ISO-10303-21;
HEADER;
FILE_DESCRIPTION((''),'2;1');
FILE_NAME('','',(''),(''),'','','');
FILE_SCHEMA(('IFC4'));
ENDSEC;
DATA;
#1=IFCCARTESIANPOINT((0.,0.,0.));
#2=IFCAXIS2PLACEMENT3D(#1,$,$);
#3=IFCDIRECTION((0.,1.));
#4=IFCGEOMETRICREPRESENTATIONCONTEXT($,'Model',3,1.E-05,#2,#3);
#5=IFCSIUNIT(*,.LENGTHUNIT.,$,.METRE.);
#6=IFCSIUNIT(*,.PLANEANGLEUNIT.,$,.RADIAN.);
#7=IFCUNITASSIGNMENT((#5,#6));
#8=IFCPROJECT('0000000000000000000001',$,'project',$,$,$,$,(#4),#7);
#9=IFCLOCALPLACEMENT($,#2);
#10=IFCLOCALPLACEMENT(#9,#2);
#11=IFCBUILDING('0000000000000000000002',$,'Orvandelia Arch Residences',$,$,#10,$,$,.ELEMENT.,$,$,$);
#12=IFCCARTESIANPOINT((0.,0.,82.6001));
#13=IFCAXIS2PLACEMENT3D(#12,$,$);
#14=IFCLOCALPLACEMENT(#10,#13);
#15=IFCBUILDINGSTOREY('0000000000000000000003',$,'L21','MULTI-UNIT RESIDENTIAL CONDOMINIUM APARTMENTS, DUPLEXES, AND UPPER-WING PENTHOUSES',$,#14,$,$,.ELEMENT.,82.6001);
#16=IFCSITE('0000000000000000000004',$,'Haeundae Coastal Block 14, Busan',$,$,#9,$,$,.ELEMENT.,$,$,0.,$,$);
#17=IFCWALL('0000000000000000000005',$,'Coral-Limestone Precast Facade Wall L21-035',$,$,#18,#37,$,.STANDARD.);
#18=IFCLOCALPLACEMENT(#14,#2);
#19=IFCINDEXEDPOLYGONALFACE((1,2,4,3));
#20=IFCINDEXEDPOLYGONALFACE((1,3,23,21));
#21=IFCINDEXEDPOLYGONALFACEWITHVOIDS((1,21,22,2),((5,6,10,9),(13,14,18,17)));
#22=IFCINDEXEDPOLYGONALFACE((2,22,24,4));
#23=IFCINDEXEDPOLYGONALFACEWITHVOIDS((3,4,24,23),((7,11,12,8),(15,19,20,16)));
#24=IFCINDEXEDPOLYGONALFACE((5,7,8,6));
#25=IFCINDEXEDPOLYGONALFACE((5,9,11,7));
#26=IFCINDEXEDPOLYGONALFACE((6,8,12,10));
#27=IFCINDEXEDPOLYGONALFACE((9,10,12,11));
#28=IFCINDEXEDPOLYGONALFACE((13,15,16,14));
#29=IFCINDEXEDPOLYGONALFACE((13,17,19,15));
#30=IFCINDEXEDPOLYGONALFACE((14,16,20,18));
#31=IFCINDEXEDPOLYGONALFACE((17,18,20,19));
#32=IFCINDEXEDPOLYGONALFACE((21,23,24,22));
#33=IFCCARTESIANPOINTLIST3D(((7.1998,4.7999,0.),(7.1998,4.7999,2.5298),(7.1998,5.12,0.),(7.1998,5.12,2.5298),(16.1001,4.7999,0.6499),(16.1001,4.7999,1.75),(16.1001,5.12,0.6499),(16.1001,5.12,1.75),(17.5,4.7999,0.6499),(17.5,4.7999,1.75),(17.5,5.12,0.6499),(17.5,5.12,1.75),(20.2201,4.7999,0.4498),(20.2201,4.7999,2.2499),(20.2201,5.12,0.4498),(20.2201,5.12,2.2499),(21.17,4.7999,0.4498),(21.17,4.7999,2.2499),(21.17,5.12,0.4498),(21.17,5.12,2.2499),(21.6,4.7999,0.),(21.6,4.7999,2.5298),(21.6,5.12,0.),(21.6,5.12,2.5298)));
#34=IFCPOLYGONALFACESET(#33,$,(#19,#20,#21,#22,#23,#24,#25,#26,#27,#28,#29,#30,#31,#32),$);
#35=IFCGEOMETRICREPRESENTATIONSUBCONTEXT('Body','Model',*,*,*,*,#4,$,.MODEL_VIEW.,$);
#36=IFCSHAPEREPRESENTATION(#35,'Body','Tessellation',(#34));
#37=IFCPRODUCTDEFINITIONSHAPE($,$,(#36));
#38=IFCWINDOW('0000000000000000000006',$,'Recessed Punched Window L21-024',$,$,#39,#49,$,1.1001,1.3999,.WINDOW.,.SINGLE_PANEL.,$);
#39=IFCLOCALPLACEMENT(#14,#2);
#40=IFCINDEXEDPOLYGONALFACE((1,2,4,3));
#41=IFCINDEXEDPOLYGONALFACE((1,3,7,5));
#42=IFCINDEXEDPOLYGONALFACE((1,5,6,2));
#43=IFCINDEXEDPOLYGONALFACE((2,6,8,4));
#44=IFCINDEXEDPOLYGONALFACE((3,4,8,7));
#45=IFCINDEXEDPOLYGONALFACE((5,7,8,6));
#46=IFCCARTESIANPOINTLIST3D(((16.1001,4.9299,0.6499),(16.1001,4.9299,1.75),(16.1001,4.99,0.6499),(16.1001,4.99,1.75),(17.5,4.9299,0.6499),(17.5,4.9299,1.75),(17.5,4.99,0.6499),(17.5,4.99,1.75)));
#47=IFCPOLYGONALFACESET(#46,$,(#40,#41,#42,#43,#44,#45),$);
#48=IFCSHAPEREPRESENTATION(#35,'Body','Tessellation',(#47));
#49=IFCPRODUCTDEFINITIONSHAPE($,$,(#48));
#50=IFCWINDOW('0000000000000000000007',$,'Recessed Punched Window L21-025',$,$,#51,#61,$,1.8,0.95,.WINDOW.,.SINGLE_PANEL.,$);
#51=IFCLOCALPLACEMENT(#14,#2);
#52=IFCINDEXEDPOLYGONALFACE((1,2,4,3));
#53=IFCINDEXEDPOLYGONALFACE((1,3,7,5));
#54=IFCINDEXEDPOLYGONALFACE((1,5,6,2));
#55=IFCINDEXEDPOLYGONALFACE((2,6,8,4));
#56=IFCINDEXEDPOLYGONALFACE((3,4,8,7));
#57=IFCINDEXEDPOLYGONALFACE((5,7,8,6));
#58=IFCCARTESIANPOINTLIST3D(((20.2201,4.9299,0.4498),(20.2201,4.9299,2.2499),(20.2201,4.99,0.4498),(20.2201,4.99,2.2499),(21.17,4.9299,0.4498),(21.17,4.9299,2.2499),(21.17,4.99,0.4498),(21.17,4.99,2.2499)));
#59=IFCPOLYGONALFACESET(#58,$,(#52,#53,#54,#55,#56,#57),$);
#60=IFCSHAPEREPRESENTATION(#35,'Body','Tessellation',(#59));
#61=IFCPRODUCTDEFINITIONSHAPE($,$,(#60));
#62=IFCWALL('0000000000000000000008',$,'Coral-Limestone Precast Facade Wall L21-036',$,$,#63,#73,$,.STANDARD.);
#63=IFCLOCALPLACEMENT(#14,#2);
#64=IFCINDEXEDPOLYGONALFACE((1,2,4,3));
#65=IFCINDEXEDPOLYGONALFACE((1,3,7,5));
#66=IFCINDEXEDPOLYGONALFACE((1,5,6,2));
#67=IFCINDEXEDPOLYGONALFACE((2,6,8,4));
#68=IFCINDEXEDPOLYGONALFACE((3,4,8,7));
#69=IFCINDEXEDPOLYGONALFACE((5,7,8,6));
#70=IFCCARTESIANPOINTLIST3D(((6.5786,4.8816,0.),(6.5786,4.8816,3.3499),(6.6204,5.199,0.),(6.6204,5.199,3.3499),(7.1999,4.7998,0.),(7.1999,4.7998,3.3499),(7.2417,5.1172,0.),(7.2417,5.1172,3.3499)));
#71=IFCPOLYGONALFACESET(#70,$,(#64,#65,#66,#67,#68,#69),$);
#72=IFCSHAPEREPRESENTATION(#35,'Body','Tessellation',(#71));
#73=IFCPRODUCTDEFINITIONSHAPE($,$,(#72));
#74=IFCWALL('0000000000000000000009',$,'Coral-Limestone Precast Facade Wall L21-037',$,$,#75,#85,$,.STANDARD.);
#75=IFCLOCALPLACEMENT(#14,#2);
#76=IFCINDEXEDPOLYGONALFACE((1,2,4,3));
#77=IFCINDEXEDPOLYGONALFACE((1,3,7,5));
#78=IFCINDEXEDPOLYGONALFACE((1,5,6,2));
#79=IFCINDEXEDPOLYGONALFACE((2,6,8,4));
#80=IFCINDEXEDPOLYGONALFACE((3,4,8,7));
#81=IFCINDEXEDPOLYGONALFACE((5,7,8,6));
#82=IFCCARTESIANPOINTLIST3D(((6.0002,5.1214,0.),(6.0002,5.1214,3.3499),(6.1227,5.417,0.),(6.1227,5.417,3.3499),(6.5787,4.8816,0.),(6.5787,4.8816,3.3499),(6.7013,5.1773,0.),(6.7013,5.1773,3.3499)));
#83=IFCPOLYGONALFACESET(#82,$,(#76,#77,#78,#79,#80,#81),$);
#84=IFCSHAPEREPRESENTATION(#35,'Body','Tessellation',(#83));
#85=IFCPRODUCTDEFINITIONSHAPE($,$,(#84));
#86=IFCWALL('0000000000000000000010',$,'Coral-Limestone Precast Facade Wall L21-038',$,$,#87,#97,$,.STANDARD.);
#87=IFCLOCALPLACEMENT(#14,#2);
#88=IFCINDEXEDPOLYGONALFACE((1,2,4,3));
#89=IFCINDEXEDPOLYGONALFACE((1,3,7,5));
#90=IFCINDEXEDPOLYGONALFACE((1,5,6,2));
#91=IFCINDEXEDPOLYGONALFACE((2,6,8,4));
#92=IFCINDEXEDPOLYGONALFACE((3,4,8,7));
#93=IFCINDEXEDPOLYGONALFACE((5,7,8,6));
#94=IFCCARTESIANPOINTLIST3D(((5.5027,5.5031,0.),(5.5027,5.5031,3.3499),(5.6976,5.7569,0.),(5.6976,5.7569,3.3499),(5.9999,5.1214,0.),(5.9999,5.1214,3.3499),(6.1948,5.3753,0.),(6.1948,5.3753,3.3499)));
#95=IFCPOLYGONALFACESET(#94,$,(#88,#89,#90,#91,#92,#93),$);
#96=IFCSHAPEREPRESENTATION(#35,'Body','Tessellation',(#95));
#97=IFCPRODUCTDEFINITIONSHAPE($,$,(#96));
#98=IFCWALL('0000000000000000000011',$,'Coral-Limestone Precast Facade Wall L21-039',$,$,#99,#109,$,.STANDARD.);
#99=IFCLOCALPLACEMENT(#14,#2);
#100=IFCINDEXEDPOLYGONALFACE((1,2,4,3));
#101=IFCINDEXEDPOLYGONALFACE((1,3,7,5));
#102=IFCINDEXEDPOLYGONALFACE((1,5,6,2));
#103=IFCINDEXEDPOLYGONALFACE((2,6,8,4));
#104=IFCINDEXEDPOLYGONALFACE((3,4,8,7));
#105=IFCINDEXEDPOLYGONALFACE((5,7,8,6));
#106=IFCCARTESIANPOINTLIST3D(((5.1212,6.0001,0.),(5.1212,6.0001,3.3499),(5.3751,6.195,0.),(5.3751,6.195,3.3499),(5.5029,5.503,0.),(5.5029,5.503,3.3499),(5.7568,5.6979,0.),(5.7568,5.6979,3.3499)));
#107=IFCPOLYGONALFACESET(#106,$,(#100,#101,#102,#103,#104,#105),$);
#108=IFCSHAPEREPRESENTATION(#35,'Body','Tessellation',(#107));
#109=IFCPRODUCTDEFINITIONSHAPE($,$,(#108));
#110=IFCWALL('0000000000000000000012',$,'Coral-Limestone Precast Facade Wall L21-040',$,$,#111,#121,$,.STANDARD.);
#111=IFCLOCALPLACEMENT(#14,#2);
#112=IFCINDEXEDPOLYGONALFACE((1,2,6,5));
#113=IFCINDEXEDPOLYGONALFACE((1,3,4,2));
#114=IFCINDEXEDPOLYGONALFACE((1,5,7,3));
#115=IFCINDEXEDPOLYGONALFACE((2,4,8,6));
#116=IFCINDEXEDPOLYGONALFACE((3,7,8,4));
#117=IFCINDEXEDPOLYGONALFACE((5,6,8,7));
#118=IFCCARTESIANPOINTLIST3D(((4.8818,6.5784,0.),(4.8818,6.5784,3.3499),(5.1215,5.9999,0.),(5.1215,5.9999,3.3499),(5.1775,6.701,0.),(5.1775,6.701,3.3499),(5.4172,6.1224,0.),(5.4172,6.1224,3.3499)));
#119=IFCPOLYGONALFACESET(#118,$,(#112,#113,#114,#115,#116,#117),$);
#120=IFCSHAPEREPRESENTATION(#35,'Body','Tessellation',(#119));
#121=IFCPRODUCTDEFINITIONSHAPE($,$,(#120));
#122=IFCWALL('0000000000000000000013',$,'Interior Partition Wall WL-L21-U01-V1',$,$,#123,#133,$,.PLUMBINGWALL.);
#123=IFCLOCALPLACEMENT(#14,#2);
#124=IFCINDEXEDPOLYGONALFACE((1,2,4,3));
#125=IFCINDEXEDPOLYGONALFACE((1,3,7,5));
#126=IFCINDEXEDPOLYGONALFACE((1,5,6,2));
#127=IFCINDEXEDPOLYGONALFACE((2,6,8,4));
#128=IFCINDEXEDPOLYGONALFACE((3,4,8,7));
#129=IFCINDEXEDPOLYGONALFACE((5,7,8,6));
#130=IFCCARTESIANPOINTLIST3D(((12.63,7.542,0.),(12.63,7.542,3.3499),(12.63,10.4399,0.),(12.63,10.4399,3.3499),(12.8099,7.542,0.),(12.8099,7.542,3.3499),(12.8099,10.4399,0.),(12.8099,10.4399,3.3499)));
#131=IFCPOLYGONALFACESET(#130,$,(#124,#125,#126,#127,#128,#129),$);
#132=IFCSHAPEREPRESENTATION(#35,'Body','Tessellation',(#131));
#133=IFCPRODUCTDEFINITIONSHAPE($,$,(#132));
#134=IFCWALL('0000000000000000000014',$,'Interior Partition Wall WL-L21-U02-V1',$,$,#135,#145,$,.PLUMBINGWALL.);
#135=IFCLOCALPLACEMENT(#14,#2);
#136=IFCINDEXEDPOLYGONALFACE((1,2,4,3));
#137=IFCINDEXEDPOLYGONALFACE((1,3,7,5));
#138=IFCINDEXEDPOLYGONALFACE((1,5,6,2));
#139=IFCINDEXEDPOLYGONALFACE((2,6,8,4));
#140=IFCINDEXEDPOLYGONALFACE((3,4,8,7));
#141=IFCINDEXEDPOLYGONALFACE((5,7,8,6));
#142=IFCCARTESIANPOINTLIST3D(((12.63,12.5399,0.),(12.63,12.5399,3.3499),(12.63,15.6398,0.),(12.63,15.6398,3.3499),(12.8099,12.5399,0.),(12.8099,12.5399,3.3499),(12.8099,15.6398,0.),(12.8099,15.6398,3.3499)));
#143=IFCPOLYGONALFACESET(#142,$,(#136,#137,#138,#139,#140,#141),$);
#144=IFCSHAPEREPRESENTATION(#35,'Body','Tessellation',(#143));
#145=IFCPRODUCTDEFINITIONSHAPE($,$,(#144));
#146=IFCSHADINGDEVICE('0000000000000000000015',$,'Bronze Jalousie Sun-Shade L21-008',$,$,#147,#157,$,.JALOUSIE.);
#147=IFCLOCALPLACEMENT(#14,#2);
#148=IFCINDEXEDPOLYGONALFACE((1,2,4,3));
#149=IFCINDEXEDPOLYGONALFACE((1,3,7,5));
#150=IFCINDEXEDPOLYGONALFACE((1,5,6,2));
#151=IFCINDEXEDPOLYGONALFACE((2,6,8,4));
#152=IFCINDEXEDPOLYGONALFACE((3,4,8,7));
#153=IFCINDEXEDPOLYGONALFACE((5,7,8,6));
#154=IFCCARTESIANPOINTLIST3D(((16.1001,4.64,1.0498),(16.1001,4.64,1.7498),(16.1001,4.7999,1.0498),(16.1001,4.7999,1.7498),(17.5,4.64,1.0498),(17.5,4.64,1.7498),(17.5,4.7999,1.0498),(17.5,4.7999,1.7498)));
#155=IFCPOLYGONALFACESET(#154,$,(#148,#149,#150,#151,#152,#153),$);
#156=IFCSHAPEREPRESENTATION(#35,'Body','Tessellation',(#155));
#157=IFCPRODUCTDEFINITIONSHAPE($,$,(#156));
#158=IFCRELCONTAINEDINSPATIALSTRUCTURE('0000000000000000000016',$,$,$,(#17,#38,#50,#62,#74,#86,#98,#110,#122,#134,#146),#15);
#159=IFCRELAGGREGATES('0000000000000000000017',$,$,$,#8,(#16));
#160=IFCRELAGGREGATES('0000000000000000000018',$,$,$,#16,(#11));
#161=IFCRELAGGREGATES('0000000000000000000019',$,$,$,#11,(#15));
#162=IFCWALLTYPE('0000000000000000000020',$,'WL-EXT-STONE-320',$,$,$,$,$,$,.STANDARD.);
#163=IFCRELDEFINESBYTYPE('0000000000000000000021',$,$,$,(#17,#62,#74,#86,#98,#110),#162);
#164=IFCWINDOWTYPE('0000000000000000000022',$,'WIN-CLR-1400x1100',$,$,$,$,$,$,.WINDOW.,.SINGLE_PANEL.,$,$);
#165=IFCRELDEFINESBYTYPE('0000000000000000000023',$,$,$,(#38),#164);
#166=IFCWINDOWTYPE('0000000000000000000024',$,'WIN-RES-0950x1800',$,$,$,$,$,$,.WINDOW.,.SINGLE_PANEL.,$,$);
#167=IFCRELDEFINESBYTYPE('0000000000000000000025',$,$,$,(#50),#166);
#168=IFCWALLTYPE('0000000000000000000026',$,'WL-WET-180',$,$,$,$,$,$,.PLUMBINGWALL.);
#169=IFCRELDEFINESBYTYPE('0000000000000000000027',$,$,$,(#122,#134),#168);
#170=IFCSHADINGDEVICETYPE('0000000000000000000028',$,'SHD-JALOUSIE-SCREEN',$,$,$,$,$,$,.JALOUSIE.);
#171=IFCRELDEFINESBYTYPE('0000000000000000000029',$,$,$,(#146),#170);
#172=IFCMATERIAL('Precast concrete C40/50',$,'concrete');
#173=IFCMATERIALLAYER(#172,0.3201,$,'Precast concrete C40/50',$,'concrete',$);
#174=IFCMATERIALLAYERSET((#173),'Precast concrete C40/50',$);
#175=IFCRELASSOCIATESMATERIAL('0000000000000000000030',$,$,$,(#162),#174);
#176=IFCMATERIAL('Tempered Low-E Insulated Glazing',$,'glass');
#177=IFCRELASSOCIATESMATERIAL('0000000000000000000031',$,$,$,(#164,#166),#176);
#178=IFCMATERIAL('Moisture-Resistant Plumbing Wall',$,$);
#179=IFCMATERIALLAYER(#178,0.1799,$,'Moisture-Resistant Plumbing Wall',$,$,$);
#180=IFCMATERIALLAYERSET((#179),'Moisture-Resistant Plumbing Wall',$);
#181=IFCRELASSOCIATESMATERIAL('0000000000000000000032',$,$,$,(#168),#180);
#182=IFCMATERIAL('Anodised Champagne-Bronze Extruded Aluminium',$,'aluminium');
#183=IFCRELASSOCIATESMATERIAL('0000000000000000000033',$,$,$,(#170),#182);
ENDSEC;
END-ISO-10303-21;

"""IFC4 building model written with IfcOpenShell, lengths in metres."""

from ifc_helpers import new_model, si_unit, direction, frame, frame_2d, origin, origin_2d, place, context, subcontext, project, spatial, rectangle, extrude, material, layer, layer_set, type_object, element, fill, save


model = new_model("IFC4")

# Units and contexts
model_context = context("Model", 3, precision=1e-05, world=origin(), true_north=direction((0.0, 1.0)))
body_context = subcontext(model_context, "Body", "Model", "MODEL_VIEW")
ifc_project = project(units=[si_unit("LENGTHUNIT", "METRE"), si_unit("PLANEANGLEUNIT", "RADIAN")], contexts=[model_context])

# Site, building, storey
site_placement = place(None, origin())
site = spatial("IfcSite", under=ifc_project, at=site_placement, Name="Haeundae Coastal Block 14, Busan", CompositionType="ELEMENT", RefElevation=0.0)
building_placement = place(site_placement, origin())
building = spatial("IfcBuilding", under=site, at=building_placement, Name="Orvandelia Arch Residences", CompositionType="ELEMENT")
storey_placement = place(building_placement, frame((0.0, 0.0, 82.6001)))
storey = spatial("IfcBuildingStorey", under=building, at=storey_placement, Name="L21", Description="MULTI-UNIT RESIDENTIAL CONDOMINIUM APARTMENTS, DUPLEXES, AND UPPER-WING PENTHOUSES", CompositionType="ELEMENT", Elevation=82.6001)

# Shared definitions
ifc_material_1 = material(Name="Precast concrete C40/50", Category="concrete")
ifc_layer_1 = layer(ifc_material_1, 0.3201, Name="Precast concrete C40/50", Category="concrete")
ifc_layer_set_1 = layer_set([ifc_layer_1], Name="Precast concrete C40/50")
wall_type_1 = type_object("IfcWallType", Name="WL-EXT-STONE-320", PredefinedType="STANDARD", material=ifc_layer_set_1)

# Wall, openings, windows
wall_1_placement = place(storey_placement, frame((21.6001, 4.96, 0.0), z_axis=(0.0, 0.0, 1.0), x_axis=(-1.0, 0.0, 0.0)))
wall_1 = element("IfcWall", 1, at=wall_1_placement, inside=storey, type_object=wall_type_1, Name="Coral-Limestone Precast Facade Wall L21-035", PredefinedType="STANDARD", context=body_context, shape_type="SweptSolid", body=[
    extrude(rectangle(XDim=14.4001, YDim=0.3201, at=frame_2d((7.2002, 0.0))), origin(), (0.0, 0.0, 1.0), 2.5298),
])
opening_1_placement = place(wall_1_placement, frame((4.1001, 0.0, 0.6499)))
opening_1 = element("IfcOpeningElement", 2, at=opening_1_placement, cuts=wall_1, PredefinedType="OPENING", context=body_context, shape_type="SweptSolid", body=[
    extrude(rectangle(XDim=1.3999, YDim=1.1001, at=frame_2d((0.7, 0.55))), frame((0.0, 0.1699, 0.0), z_axis=(0.0, -1.0, 0.0), x_axis=(1.0, 0.0, 0.0)), (0.0, 0.0, 1.0), 0.3401),
])
opening_2_placement = place(wall_1_placement, frame((0.4299, 0.0, 0.45)))
opening_2 = element("IfcOpeningElement", 3, at=opening_2_placement, cuts=wall_1, PredefinedType="OPENING", context=body_context, shape_type="SweptSolid", body=[
    extrude(rectangle(XDim=0.95, YDim=1.8, at=frame_2d((0.4751, 0.8999))), frame((0.0, 0.1699, 0.0), z_axis=(0.0, -1.0, 0.0), x_axis=(1.0, 0.0, 0.0)), (0.0, 0.0, 1.0), 0.3401),
])
ifc_material_2 = material(Name="Tempered Low-E Insulated Glazing", Category="glass")
window_type_1 = type_object("IfcWindowType", Name="WIN-CLR-1400x1100", PartitioningType="SINGLE_PANEL", PredefinedType="WINDOW", material=ifc_material_2)
window_1_placement = place(opening_1_placement, origin())
window_1 = element("IfcWindow", 4, at=window_1_placement, inside=storey, type_object=window_type_1, Name="Recessed Punched Window L21-024", OverallHeight=1.1001, OverallWidth=1.3999, PartitioningType="SINGLE_PANEL", PredefinedType="WINDOW", context=body_context, shape_type="SweptSolid", body=[
    extrude(rectangle(XDim=1.3999, YDim=1.1001, at=frame_2d((0.7, 0.55))), frame((0.0, 0.03, 0.0), z_axis=(0.0, -1.0, 0.0), x_axis=(1.0, 0.0, 0.0)), (0.0, 0.0, 1.0), 0.0601),
])
fill(opening_1, window_1)
window_type_2 = type_object("IfcWindowType", Name="WIN-RES-0950x1800", PartitioningType="SINGLE_PANEL", PredefinedType="WINDOW", material=ifc_material_2)
window_2_placement = place(opening_2_placement, origin())
window_2 = element("IfcWindow", 5, at=window_2_placement, inside=storey, type_object=window_type_2, Name="Recessed Punched Window L21-025", OverallHeight=1.8, OverallWidth=0.95, PartitioningType="SINGLE_PANEL", PredefinedType="WINDOW", context=body_context, shape_type="SweptSolid", body=[
    extrude(rectangle(XDim=0.95, YDim=1.8, at=frame_2d((0.4751, 0.8999))), frame((0.0, 0.03, 0.0), z_axis=(0.0, -1.0, 0.0), x_axis=(1.0, 0.0, 0.0)), (0.0, 0.0, 1.0), 0.0601),
])
fill(opening_2, window_2)

# Walls
wall_2_placement = place(storey_placement, frame((7.2209, 4.9585, 0.0), z_axis=(0.0, 0.0, 1.0), x_axis=(-0.991448, 0.130505, 0.0)))
element("IfcWall", 6, at=wall_2_placement, inside=storey, type_object=wall_type_1, Name="Coral-Limestone Precast Facade Wall L21-036", PredefinedType="STANDARD", context=body_context, shape_type="SweptSolid", body=[
    extrude(rectangle(XDim=0.6267, YDim=0.3201, at=frame_2d((0.3135, 0.0))), origin(), (0.0, 0.0, 1.0), 3.3499),
])
wall_3_placement = place(storey_placement, frame((6.6399, 5.0295, 0.0), z_axis=(0.0, 0.0, 1.0), x_axis=(-0.923836, 0.382788, 0.0)))
element("IfcWall", 7, at=wall_3_placement, inside=storey, type_object=wall_type_1, Name="Coral-Limestone Precast Facade Wall L21-037", PredefinedType="STANDARD", context=body_context, shape_type="SweptSolid", body=[
    extrude(rectangle(XDim=0.6262, YDim=0.3201, at=frame_2d((0.313, 0.0))), origin(), (0.0, 0.0, 1.0), 3.3499),
])
for number, where, z_axis, x_axis, name in (
    (8, (6.0974, 5.2483, 0.0), (0.0, 0.0, 1.0), (-0.793217, 0.608939, 0.0), "Coral-Limestone Precast Facade Wall L21-038"),
    (9, (5.6299, 5.6003, 0.0), (0.0, 0.0, 1.0), (-0.608939, 0.793217, 0.0), "Coral-Limestone Precast Facade Wall L21-039"),
):
    element("IfcWall", number, at=place(storey_placement, frame(where, z_axis=z_axis, x_axis=x_axis)), inside=storey, type_object=wall_type_1, Name=name, PredefinedType="STANDARD", context=body_context, shape_type="SweptSolid", body=[
        extrude(rectangle(XDim=0.6267, YDim=0.3201, at=frame_2d((0.3135, 0.0))), origin(), (0.0, 0.0, 1.0), 3.3499),
    ])
wall_4_placement = place(storey_placement, frame((5.2693, 6.0613, 0.0), z_axis=(0.0, 0.0, 1.0), x_axis=(-0.382788, 0.923836, 0.0)))
element("IfcWall", 10, at=wall_4_placement, inside=storey, type_object=wall_type_1, Name="Coral-Limestone Precast Facade Wall L21-040", PredefinedType="STANDARD", context=body_context, shape_type="SweptSolid", body=[
    extrude(rectangle(XDim=0.6262, YDim=0.3201, at=frame_2d((0.313, 0.0))), origin(), (0.0, 0.0, 1.0), 3.3499),
])
ifc_material_3 = material(Name="Moisture-Resistant Plumbing Wall")
ifc_layer_2 = layer(ifc_material_3, 0.1799, Name="Moisture-Resistant Plumbing Wall")
ifc_layer_set_2 = layer_set([ifc_layer_2], Name="Moisture-Resistant Plumbing Wall")
wall_type_2 = type_object("IfcWallType", Name="WL-WET-180", PredefinedType="PLUMBINGWALL", material=ifc_layer_set_2)
wall_5_placement = place(storey_placement, frame((12.72, 7.542, 0.0), z_axis=(0.0, 0.0, 1.0), x_axis=(0.0, 1.0, 0.0)))
element("IfcWall", 11, at=wall_5_placement, inside=storey, type_object=wall_type_2, Name="Interior Partition Wall WL-L21-U01-V1", PredefinedType="PLUMBINGWALL", context=body_context, shape_type="SweptSolid", body=[
    extrude(rectangle(XDim=2.8979, YDim=0.1799, at=frame_2d((1.449, 0.0))), origin(), (0.0, 0.0, 1.0), 3.3499),
])
wall_6_placement = place(storey_placement, frame((12.72, 12.54, 0.0), z_axis=(0.0, 0.0, 1.0), x_axis=(0.0, 1.0, 0.0)))
element("IfcWall", 12, at=wall_6_placement, inside=storey, type_object=wall_type_2, Name="Interior Partition Wall WL-L21-U02-V1", PredefinedType="PLUMBINGWALL", context=body_context, shape_type="SweptSolid", body=[
    extrude(rectangle(XDim=3.0999, YDim=0.1799, at=frame_2d((1.5498, 0.0))), origin(), (0.0, 0.0, 1.0), 3.3499),
])

# Shading device
ifc_material_4 = material(Name="Anodised Champagne-Bronze Extruded Aluminium", Category="aluminium")
shading_device_type = type_object("IfcShadingDeviceType", Name="SHD-JALOUSIE-SCREEN", PredefinedType="JALOUSIE", material=ifc_material_4)
shading_device_placement = place(storey_placement, frame((16.8, 4.72, 1.0498), z_axis=(0.0, 0.0, 1.0), x_axis=(-1.0, 0.0, 0.0)))
element("IfcShadingDevice", 13, at=shading_device_placement, inside=storey, type_object=shading_device_type, Name="Bronze Jalousie Sun-Shade L21-008", PredefinedType="JALOUSIE", context=body_context, shape_type="SweptSolid", body=[
    extrude(rectangle(XDim=1.3999, YDim=0.1599, at=origin_2d()), origin(), (0.0, 0.0, 1.0), 0.7),
])

save(model, "model.ifc")
